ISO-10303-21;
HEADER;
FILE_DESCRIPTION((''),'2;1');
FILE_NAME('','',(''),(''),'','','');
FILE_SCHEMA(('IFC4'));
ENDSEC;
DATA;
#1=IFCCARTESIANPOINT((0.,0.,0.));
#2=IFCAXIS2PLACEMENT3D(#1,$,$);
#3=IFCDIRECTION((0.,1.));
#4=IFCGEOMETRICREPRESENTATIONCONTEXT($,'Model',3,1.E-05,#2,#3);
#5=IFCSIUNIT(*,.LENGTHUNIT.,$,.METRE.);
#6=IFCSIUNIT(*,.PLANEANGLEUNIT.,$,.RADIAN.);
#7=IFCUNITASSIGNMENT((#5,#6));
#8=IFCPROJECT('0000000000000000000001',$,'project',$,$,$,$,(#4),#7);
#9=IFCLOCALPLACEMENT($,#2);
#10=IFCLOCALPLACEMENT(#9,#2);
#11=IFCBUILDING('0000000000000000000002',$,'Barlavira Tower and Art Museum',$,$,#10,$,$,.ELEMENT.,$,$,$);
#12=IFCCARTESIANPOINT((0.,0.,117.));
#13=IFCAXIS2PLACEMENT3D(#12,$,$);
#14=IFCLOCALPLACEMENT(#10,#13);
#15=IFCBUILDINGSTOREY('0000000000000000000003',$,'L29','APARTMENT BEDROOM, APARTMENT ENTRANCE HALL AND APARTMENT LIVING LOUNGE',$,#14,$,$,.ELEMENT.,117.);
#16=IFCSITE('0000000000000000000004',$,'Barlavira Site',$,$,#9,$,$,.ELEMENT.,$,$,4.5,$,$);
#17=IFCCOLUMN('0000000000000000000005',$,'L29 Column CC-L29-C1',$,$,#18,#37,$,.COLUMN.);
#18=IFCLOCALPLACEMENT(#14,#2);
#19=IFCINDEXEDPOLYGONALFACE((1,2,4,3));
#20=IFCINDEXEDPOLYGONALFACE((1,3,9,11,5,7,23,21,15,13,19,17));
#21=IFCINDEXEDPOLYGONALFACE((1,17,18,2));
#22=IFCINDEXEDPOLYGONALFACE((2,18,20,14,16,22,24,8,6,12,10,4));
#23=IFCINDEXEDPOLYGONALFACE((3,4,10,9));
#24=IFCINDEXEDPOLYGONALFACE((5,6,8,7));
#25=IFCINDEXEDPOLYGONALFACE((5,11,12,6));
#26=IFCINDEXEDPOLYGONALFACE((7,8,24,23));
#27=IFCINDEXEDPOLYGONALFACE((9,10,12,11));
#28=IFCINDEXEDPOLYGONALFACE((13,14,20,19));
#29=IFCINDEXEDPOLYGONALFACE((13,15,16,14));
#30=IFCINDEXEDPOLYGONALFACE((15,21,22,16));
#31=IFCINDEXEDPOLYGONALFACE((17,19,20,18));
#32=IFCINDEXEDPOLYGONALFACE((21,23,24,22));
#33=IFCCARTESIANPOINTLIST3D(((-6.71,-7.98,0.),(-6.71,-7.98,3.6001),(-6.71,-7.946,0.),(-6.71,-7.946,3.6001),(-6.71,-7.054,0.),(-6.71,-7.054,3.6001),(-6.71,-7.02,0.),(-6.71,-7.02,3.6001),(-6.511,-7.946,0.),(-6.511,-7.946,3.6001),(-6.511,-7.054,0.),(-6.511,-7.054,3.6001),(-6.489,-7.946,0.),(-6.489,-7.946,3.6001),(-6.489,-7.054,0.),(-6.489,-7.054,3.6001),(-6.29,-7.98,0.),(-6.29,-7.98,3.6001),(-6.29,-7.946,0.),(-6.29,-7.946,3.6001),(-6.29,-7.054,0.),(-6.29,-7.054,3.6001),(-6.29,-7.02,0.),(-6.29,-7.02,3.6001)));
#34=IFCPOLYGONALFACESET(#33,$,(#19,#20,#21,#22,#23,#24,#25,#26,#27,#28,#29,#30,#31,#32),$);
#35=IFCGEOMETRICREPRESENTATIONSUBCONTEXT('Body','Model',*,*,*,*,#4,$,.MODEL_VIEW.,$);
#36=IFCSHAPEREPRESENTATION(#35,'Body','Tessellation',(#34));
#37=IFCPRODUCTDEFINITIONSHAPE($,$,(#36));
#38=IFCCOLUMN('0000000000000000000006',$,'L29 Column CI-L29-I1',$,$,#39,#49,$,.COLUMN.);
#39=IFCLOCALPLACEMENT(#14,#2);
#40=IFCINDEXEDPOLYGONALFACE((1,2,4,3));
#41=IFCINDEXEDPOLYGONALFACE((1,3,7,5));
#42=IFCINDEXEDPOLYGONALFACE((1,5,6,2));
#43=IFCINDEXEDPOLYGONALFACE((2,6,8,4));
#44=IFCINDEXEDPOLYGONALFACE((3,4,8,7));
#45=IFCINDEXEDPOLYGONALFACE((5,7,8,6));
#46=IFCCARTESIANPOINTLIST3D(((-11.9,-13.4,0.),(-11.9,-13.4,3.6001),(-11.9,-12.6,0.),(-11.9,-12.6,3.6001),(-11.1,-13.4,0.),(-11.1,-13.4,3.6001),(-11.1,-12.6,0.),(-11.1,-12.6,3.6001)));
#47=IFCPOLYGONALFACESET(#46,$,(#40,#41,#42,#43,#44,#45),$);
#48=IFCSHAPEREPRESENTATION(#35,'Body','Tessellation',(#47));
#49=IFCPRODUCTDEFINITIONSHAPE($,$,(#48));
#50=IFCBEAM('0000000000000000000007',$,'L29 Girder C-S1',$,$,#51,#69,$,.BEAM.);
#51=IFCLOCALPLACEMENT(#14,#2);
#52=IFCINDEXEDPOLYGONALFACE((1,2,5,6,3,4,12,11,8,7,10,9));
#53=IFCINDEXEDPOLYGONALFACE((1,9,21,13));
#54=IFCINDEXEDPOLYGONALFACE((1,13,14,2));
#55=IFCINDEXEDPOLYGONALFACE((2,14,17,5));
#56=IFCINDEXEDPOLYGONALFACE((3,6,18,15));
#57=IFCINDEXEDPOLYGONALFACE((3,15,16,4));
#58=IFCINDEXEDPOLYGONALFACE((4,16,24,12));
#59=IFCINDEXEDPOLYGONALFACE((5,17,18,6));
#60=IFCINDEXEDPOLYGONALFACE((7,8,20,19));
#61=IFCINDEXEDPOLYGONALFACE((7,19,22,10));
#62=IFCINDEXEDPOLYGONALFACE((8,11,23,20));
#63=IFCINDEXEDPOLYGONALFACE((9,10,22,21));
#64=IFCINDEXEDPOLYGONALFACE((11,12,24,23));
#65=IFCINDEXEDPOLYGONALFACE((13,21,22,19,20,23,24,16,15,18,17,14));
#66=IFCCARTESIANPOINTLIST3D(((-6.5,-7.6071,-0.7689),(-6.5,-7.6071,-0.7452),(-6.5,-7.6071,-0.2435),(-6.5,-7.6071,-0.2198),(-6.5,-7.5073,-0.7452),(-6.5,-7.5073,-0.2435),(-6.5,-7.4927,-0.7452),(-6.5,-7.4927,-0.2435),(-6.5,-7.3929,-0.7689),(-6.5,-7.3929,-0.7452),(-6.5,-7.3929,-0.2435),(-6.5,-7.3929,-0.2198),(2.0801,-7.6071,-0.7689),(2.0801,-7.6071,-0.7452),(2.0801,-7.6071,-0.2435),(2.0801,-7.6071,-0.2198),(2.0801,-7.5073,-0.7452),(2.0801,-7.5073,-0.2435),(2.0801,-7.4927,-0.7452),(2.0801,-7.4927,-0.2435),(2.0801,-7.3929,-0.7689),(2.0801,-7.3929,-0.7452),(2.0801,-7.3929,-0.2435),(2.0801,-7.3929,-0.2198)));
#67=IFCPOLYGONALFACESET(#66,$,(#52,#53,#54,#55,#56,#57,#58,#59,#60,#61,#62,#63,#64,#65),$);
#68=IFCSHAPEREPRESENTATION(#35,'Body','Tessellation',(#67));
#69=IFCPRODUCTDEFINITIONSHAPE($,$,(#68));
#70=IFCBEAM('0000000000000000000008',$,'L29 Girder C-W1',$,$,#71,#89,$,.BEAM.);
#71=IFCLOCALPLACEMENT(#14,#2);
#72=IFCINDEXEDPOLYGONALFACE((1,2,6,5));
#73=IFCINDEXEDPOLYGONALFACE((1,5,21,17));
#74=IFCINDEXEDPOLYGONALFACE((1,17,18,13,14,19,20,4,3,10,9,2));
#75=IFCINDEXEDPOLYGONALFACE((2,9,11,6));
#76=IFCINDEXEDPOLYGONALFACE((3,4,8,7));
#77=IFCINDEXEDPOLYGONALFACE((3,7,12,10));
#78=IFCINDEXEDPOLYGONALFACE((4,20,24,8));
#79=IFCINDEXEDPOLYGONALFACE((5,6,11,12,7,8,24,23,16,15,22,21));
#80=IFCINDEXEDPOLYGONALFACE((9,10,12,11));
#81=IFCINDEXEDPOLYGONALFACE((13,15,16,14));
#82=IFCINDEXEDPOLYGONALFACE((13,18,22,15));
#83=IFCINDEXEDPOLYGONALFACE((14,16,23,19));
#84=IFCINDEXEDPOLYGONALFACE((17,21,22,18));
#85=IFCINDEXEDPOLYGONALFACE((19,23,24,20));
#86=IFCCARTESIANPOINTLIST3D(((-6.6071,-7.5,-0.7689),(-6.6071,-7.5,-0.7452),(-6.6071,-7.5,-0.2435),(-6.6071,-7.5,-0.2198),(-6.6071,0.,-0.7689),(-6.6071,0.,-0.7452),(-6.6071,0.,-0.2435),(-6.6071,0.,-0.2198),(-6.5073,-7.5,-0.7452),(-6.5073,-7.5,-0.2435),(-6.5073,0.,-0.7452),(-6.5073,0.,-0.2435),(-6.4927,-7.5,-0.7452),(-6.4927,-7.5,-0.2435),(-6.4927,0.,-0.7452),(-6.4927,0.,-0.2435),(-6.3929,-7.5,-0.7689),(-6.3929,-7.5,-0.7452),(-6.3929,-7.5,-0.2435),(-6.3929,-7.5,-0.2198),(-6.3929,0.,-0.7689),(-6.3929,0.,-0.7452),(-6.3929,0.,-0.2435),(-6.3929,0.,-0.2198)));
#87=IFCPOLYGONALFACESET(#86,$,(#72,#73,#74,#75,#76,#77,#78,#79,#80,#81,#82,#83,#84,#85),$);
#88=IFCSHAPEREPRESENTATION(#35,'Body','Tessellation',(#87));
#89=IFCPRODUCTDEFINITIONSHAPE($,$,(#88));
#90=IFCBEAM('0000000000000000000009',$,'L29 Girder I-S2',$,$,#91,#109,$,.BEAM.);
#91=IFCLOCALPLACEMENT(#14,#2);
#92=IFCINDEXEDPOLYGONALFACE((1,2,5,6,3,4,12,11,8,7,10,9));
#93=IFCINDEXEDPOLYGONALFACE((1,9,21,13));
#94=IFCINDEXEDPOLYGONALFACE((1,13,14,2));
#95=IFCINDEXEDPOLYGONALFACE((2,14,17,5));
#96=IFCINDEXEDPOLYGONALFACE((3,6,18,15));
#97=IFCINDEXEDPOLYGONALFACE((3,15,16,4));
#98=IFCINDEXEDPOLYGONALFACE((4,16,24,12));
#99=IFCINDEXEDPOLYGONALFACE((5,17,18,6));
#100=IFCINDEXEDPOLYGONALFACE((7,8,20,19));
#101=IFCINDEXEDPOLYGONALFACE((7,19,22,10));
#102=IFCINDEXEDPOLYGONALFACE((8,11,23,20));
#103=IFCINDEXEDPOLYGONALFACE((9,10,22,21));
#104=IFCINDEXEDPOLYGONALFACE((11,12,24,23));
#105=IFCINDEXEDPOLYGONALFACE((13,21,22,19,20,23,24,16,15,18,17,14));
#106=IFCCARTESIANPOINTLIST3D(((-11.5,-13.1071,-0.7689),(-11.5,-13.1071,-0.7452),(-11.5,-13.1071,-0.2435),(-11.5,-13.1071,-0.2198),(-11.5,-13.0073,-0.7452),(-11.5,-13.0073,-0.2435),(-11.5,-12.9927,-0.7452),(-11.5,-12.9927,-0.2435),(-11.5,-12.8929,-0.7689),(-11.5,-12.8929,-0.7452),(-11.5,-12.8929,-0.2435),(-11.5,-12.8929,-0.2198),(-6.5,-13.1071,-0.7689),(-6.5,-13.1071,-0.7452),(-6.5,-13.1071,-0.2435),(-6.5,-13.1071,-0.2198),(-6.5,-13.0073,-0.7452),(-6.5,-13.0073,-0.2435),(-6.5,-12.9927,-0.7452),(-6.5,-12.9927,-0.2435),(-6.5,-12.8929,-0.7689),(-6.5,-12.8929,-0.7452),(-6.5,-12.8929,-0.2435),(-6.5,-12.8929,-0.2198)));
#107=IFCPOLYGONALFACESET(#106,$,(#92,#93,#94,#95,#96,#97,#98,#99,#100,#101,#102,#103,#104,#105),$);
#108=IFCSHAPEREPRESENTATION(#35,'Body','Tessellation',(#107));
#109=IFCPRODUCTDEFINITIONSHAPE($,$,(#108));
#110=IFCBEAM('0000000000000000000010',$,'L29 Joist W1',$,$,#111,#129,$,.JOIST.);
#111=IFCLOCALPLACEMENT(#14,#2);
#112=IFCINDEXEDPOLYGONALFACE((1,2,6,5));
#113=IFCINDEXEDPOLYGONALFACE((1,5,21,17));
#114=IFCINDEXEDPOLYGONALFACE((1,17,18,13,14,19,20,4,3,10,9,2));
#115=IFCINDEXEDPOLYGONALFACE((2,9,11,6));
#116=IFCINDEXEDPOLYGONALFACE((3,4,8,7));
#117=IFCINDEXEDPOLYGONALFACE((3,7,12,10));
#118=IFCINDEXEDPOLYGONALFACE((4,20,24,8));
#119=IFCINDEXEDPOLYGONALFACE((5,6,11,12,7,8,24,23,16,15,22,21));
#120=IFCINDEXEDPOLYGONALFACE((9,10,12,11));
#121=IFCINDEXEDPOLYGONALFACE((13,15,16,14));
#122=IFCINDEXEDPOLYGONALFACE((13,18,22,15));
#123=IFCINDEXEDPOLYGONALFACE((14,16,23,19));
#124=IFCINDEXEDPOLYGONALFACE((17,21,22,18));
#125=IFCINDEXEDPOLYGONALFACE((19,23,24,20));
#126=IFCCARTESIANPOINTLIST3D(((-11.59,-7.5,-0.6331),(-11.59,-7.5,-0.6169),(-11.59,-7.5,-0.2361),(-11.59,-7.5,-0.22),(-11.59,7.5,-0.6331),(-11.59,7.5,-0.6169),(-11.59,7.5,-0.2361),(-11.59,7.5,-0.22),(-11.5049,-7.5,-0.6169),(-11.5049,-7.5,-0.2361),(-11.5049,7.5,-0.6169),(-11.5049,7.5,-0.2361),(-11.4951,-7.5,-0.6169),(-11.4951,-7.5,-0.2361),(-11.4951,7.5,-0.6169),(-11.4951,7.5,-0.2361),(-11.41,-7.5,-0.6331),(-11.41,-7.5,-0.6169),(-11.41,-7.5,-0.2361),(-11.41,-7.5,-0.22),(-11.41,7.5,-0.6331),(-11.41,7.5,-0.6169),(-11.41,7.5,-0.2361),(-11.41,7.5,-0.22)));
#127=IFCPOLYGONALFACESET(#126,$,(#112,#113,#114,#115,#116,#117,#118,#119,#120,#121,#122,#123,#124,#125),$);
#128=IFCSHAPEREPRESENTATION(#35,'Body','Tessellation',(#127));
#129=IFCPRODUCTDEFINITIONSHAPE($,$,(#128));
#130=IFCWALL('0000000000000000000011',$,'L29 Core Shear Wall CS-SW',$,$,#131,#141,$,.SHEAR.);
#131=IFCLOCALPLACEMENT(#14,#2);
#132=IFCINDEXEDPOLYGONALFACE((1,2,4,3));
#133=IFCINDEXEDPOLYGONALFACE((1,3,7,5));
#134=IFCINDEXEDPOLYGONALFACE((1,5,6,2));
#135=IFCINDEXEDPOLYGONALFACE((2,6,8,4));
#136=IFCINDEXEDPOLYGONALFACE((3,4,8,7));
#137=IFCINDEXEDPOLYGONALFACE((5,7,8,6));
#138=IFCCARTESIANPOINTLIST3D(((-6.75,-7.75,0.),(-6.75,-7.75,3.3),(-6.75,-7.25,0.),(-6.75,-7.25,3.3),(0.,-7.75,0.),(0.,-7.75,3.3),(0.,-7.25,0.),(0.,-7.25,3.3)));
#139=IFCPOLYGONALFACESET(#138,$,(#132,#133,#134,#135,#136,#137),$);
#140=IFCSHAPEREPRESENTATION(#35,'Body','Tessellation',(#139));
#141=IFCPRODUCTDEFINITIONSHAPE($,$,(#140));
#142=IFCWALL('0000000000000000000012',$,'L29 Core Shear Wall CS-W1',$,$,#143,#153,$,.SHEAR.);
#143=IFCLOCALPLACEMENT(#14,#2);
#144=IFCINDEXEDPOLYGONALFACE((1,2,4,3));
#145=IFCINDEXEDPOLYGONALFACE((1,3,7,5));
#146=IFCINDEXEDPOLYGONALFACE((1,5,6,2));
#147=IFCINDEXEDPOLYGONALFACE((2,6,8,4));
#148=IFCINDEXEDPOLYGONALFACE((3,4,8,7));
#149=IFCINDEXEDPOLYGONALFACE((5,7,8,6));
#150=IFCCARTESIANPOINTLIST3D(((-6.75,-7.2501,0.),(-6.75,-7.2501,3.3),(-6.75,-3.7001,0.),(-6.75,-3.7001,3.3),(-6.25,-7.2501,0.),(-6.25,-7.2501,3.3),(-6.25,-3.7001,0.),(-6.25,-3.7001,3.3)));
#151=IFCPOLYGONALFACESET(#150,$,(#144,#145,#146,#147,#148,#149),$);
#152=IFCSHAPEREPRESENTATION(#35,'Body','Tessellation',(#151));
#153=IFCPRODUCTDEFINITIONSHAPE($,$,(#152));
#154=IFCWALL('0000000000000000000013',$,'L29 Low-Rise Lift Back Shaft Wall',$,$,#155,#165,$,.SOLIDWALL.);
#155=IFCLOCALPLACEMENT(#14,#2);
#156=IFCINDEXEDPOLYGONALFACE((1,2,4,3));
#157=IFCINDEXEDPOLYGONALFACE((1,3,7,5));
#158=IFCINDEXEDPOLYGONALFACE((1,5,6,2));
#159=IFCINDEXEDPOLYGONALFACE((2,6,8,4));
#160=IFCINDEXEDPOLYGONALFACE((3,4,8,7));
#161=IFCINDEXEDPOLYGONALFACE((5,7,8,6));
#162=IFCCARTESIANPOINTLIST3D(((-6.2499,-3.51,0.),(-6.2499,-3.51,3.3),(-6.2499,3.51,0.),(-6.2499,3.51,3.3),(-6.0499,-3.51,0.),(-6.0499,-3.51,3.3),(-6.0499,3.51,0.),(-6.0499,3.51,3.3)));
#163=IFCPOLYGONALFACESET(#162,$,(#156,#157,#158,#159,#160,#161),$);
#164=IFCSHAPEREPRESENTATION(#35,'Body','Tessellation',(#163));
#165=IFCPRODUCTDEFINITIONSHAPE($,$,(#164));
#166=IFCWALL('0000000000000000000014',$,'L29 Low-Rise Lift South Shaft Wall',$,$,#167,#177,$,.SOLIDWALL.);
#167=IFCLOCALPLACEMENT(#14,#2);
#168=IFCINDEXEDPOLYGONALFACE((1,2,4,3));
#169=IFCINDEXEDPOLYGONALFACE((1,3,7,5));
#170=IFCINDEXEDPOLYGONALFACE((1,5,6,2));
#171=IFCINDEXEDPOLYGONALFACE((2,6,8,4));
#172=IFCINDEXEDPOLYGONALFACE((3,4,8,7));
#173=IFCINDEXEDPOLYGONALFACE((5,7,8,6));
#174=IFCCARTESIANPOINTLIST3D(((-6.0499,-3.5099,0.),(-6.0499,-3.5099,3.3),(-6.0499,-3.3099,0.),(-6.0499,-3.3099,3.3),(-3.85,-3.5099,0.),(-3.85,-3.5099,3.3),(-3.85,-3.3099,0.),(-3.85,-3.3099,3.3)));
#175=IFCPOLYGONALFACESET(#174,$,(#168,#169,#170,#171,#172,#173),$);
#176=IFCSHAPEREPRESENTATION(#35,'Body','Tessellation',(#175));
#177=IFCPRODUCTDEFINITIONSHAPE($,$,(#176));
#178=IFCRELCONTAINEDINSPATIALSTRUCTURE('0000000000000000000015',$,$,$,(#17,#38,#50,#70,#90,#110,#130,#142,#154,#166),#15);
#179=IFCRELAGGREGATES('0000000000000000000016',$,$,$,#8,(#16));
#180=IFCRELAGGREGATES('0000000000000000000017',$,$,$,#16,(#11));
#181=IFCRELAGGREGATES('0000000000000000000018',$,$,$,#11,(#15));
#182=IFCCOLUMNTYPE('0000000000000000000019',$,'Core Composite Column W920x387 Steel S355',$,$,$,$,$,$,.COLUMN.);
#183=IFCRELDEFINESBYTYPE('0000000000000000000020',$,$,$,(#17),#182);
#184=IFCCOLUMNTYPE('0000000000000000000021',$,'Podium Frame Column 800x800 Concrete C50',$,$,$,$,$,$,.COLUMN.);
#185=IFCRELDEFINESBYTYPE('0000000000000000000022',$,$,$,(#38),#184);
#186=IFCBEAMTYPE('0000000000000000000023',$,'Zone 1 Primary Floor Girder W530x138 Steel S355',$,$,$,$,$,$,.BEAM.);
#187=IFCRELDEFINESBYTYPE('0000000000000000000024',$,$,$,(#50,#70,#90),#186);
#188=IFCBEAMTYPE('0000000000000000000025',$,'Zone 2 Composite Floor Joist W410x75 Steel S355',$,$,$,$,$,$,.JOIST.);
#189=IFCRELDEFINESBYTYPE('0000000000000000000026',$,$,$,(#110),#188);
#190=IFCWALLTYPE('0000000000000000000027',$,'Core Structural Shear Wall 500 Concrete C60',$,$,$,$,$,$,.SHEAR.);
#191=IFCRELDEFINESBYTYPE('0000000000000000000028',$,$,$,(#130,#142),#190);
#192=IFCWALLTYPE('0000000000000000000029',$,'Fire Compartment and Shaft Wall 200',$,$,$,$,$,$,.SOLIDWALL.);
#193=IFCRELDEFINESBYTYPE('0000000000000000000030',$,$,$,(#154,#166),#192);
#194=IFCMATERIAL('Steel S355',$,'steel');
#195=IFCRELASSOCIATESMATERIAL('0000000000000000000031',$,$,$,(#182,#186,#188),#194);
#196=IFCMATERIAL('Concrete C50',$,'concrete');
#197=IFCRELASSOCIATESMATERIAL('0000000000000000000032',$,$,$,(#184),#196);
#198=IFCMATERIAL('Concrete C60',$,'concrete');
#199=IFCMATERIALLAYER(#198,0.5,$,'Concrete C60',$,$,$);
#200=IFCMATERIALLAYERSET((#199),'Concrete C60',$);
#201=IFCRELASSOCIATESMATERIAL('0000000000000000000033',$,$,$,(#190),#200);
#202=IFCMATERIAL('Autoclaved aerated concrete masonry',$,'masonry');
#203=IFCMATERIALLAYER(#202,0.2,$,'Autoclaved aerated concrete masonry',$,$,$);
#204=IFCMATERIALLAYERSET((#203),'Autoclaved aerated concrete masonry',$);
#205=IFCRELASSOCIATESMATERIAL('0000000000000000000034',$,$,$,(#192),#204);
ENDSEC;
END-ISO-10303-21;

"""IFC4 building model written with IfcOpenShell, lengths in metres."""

from ifc_helpers import new_model, si_unit, direction, frame, frame_2d, origin, origin_2d, place, context, subcontext, project, spatial, rectangle, i_section, extrude, material, layer, layer_set, material_profile, profile_set, type_object, element, save


model = new_model("IFC4")

# Units and contexts
model_context = context("Model", 3, precision=1e-05, world=origin(), true_north=direction((0.0, 1.0)))
body_context = subcontext(model_context, "Body", "Model", "MODEL_VIEW")
ifc_project = project(units=[si_unit("LENGTHUNIT", "METRE"), si_unit("PLANEANGLEUNIT", "RADIAN")], contexts=[model_context])

# Site, building, storey
site_placement = place(None, origin())
site = spatial("IfcSite", under=ifc_project, at=site_placement, Name="Barlavira Site", CompositionType="ELEMENT", RefElevation=4.5)
building_placement = place(site_placement, origin())
building = spatial("IfcBuilding", under=site, at=building_placement, Name="Barlavira Tower and Art Museum", CompositionType="ELEMENT")
storey_placement = place(building_placement, frame((0.0, 0.0, 117.0)))
storey = spatial("IfcBuildingStorey", under=building, at=storey_placement, Name="L29", Description="APARTMENT BEDROOM, APARTMENT ENTRANCE HALL AND APARTMENT LIVING LOUNGE", CompositionType="ELEMENT", Elevation=117.0)

# Columns
ifc_material_1 = material(Name="Steel S355", Category="steel")
ifc_material_profile_1 = material_profile(ifc_material_1, i_section(OverallWidth=0.4199, OverallDepth=0.96, WebThickness=0.022, FlangeThickness=0.0339, at=origin_2d()), Name="W920x387.0")
ifc_profile_set_1 = profile_set([ifc_material_profile_1], Name="Steel S355")
column_type_1 = type_object("IfcColumnType", Name="Core Composite Column W920x387 Steel S355", PredefinedType="COLUMN", material=ifc_profile_set_1)
column_1_placement = place(storey_placement, frame((-6.5, -7.5, 0.0), z_axis=(0.0, 0.0, 1.0), x_axis=(1.0, 0.0, 0.0)))
element("IfcColumn", 1, at=column_1_placement, inside=storey, type_object=column_type_1, Name="L29 Column CC-L29-C1", PredefinedType="COLUMN", context=body_context, shape_type="SweptSolid", body=[
    extrude(i_section(OverallWidth=0.4199, OverallDepth=0.96, WebThickness=0.022, FlangeThickness=0.0339, at=origin_2d()), origin(), (0.0, 0.0, 1.0), 3.6001),
])
ifc_material_2 = material(Name="Concrete C50", Category="concrete")
ifc_material_profile_2 = material_profile(ifc_material_2, rectangle(XDim=0.8, YDim=0.8, at=origin_2d()), Name="RC-COL 800x800")
ifc_profile_set_2 = profile_set([ifc_material_profile_2], Name="Concrete C50")
column_type_2 = type_object("IfcColumnType", Name="Podium Frame Column 800x800 Concrete C50", PredefinedType="COLUMN", material=ifc_profile_set_2)
column_2_placement = place(storey_placement, frame((-11.5, -13.0, 0.0), z_axis=(0.0, 0.0, 1.0), x_axis=(1.0, 0.0, 0.0)))
element("IfcColumn", 2, at=column_2_placement, inside=storey, type_object=column_type_2, Name="L29 Column CI-L29-I1", PredefinedType="COLUMN", context=body_context, shape_type="SweptSolid", body=[
    extrude(rectangle(XDim=0.8, YDim=0.8, at=origin_2d()), origin(), (0.0, 0.0, 1.0), 3.6001),
])

# Beams
ifc_material_profile_3 = material_profile(ifc_material_1, i_section(OverallWidth=0.2141, OverallDepth=0.5491, WebThickness=0.0146, FlangeThickness=0.0237, at=origin_2d()), Name="W530x138.0")
ifc_profile_set_3 = profile_set([ifc_material_profile_3], Name="Steel S355")
beam_type_1 = type_object("IfcBeamType", Name="Zone 1 Primary Floor Girder W530x138 Steel S355", PredefinedType="BEAM", material=ifc_profile_set_3)
beam_1_placement = place(storey_placement, frame((-6.5, -7.5, -0.4944), z_axis=(1.0, 0.0, 0.0), x_axis=(0.0, 1.0, 0.0)))
element("IfcBeam", 3, at=beam_1_placement, inside=storey, type_object=beam_type_1, Name="L29 Girder C-S1", PredefinedType="BEAM", context=body_context, shape_type="SweptSolid", body=[
    extrude(i_section(OverallWidth=0.2141, OverallDepth=0.5491, WebThickness=0.0146, FlangeThickness=0.0237, at=origin_2d()), origin(), (0.0, 0.0, 1.0), 8.5801),
])
beam_2_placement = place(storey_placement, frame((-6.5, -7.5, -0.4944), z_axis=(0.0, 1.0, 0.0), x_axis=(-1.0, 0.0, 0.0)))
element("IfcBeam", 4, at=beam_2_placement, inside=storey, type_object=beam_type_1, Name="L29 Girder C-W1", PredefinedType="BEAM", context=body_context, shape_type="SweptSolid", body=[
    extrude(i_section(OverallWidth=0.2141, OverallDepth=0.5491, WebThickness=0.0146, FlangeThickness=0.0237, at=origin_2d()), origin(), (0.0, 0.0, 1.0), 7.5),
])
beam_3_placement = place(storey_placement, frame((-11.5, -13.0, -0.4944), z_axis=(1.0, 0.0, 0.0), x_axis=(0.0, 1.0, 0.0)))
element("IfcBeam", 5, at=beam_3_placement, inside=storey, type_object=beam_type_1, Name="L29 Girder I-S2", PredefinedType="BEAM", context=body_context, shape_type="SweptSolid", body=[
    extrude(i_section(OverallWidth=0.2141, OverallDepth=0.5491, WebThickness=0.0146, FlangeThickness=0.0237, at=origin_2d()), origin(), (0.0, 0.0, 1.0), 5.0),
])
ifc_material_profile_4 = material_profile(ifc_material_1, i_section(OverallWidth=0.1799, OverallDepth=0.4131, WebThickness=0.0098, FlangeThickness=0.0161, at=origin_2d()), Name="W410x75.0")
ifc_profile_set_4 = profile_set([ifc_material_profile_4], Name="Steel S355")
beam_type_2 = type_object("IfcBeamType", Name="Zone 2 Composite Floor Joist W410x75 Steel S355", PredefinedType="JOIST", material=ifc_profile_set_4)
beam_4_placement = place(storey_placement, frame((-11.5, -7.5, -0.4265), z_axis=(0.0, 1.0, 0.0), x_axis=(-1.0, 0.0, 0.0)))
element("IfcBeam", 6, at=beam_4_placement, inside=storey, type_object=beam_type_2, Name="L29 Joist W1", PredefinedType="JOIST", context=body_context, shape_type="SweptSolid", body=[
    extrude(i_section(OverallWidth=0.1799, OverallDepth=0.4131, WebThickness=0.0098, FlangeThickness=0.0161, at=origin_2d()), origin(), (0.0, 0.0, 1.0), 15.0),
])

# Walls
ifc_material_3 = material(Name="Concrete C60", Category="concrete")
ifc_layer_1 = layer(ifc_material_3, 0.5, Name="Concrete C60")
ifc_layer_set_1 = layer_set([ifc_layer_1], Name="Concrete C60")
wall_type_1 = type_object("IfcWallType", Name="Core Structural Shear Wall 500 Concrete C60", PredefinedType="SHEAR", material=ifc_layer_set_1)
wall_1_placement = place(storey_placement, frame((-6.75, -7.5, 0.0), z_axis=(0.0, 0.0, 1.0), x_axis=(1.0, 0.0, 0.0)))
element("IfcWall", 7, at=wall_1_placement, inside=storey, type_object=wall_type_1, Name="L29 Core Shear Wall CS-SW", PredefinedType="SHEAR", context=body_context, shape_type="SweptSolid", body=[
    extrude(rectangle(XDim=6.75, YDim=0.5, at=frame_2d((3.375, 0.0))), origin(), (0.0, 0.0, 1.0), 3.3),
])
wall_2_placement = place(storey_placement, frame((-6.5, -7.25, 0.0), z_axis=(0.0, 0.0, 1.0), x_axis=(0.0, 1.0, 0.0)))
element("IfcWall", 8, at=wall_2_placement, inside=storey, type_object=wall_type_1, Name="L29 Core Shear Wall CS-W1", PredefinedType="SHEAR", context=body_context, shape_type="SweptSolid", body=[
    extrude(rectangle(XDim=3.55, YDim=0.5, at=frame_2d((1.7749, 0.0))), origin(), (0.0, 0.0, 1.0), 3.3),
])

# Shared definitions
ifc_material_4 = material(Name="Autoclaved aerated concrete masonry", Category="masonry")
ifc_layer_2 = layer(ifc_material_4, 0.2, Name="Autoclaved aerated concrete masonry")
ifc_layer_set_2 = layer_set([ifc_layer_2], Name="Autoclaved aerated concrete masonry")
wall_type_2 = type_object("IfcWallType", Name="Fire Compartment and Shaft Wall 200", PredefinedType="SOLIDWALL", material=ifc_layer_set_2)

# Walls
wall_3_placement = place(storey_placement, frame((-6.1499, -3.51, 0.0), z_axis=(0.0, 0.0, 1.0), x_axis=(0.0, 1.0, 0.0)))
element("IfcWall", 9, at=wall_3_placement, inside=storey, type_object=wall_type_2, Name="L29 Low-Rise Lift Back Shaft Wall", PredefinedType="SOLIDWALL", context=body_context, shape_type="SweptSolid", body=[
    extrude(rectangle(XDim=7.02, YDim=0.2, at=frame_2d((3.51, 0.0))), origin(), (0.0, 0.0, 1.0), 3.3),
])
wall_4_placement = place(storey_placement, frame((-6.05, -3.4099, 0.0), z_axis=(0.0, 0.0, 1.0), x_axis=(1.0, 0.0, 0.0)))
element("IfcWall", 10, at=wall_4_placement, inside=storey, type_object=wall_type_2, Name="L29 Low-Rise Lift South Shaft Wall", PredefinedType="SOLIDWALL", context=body_context, shape_type="SweptSolid", body=[
    extrude(rectangle(XDim=2.2, YDim=0.2, at=frame_2d((1.1001, 0.0))), origin(), (0.0, 0.0, 1.0), 3.3),
])

save(model, "model.ifc")
